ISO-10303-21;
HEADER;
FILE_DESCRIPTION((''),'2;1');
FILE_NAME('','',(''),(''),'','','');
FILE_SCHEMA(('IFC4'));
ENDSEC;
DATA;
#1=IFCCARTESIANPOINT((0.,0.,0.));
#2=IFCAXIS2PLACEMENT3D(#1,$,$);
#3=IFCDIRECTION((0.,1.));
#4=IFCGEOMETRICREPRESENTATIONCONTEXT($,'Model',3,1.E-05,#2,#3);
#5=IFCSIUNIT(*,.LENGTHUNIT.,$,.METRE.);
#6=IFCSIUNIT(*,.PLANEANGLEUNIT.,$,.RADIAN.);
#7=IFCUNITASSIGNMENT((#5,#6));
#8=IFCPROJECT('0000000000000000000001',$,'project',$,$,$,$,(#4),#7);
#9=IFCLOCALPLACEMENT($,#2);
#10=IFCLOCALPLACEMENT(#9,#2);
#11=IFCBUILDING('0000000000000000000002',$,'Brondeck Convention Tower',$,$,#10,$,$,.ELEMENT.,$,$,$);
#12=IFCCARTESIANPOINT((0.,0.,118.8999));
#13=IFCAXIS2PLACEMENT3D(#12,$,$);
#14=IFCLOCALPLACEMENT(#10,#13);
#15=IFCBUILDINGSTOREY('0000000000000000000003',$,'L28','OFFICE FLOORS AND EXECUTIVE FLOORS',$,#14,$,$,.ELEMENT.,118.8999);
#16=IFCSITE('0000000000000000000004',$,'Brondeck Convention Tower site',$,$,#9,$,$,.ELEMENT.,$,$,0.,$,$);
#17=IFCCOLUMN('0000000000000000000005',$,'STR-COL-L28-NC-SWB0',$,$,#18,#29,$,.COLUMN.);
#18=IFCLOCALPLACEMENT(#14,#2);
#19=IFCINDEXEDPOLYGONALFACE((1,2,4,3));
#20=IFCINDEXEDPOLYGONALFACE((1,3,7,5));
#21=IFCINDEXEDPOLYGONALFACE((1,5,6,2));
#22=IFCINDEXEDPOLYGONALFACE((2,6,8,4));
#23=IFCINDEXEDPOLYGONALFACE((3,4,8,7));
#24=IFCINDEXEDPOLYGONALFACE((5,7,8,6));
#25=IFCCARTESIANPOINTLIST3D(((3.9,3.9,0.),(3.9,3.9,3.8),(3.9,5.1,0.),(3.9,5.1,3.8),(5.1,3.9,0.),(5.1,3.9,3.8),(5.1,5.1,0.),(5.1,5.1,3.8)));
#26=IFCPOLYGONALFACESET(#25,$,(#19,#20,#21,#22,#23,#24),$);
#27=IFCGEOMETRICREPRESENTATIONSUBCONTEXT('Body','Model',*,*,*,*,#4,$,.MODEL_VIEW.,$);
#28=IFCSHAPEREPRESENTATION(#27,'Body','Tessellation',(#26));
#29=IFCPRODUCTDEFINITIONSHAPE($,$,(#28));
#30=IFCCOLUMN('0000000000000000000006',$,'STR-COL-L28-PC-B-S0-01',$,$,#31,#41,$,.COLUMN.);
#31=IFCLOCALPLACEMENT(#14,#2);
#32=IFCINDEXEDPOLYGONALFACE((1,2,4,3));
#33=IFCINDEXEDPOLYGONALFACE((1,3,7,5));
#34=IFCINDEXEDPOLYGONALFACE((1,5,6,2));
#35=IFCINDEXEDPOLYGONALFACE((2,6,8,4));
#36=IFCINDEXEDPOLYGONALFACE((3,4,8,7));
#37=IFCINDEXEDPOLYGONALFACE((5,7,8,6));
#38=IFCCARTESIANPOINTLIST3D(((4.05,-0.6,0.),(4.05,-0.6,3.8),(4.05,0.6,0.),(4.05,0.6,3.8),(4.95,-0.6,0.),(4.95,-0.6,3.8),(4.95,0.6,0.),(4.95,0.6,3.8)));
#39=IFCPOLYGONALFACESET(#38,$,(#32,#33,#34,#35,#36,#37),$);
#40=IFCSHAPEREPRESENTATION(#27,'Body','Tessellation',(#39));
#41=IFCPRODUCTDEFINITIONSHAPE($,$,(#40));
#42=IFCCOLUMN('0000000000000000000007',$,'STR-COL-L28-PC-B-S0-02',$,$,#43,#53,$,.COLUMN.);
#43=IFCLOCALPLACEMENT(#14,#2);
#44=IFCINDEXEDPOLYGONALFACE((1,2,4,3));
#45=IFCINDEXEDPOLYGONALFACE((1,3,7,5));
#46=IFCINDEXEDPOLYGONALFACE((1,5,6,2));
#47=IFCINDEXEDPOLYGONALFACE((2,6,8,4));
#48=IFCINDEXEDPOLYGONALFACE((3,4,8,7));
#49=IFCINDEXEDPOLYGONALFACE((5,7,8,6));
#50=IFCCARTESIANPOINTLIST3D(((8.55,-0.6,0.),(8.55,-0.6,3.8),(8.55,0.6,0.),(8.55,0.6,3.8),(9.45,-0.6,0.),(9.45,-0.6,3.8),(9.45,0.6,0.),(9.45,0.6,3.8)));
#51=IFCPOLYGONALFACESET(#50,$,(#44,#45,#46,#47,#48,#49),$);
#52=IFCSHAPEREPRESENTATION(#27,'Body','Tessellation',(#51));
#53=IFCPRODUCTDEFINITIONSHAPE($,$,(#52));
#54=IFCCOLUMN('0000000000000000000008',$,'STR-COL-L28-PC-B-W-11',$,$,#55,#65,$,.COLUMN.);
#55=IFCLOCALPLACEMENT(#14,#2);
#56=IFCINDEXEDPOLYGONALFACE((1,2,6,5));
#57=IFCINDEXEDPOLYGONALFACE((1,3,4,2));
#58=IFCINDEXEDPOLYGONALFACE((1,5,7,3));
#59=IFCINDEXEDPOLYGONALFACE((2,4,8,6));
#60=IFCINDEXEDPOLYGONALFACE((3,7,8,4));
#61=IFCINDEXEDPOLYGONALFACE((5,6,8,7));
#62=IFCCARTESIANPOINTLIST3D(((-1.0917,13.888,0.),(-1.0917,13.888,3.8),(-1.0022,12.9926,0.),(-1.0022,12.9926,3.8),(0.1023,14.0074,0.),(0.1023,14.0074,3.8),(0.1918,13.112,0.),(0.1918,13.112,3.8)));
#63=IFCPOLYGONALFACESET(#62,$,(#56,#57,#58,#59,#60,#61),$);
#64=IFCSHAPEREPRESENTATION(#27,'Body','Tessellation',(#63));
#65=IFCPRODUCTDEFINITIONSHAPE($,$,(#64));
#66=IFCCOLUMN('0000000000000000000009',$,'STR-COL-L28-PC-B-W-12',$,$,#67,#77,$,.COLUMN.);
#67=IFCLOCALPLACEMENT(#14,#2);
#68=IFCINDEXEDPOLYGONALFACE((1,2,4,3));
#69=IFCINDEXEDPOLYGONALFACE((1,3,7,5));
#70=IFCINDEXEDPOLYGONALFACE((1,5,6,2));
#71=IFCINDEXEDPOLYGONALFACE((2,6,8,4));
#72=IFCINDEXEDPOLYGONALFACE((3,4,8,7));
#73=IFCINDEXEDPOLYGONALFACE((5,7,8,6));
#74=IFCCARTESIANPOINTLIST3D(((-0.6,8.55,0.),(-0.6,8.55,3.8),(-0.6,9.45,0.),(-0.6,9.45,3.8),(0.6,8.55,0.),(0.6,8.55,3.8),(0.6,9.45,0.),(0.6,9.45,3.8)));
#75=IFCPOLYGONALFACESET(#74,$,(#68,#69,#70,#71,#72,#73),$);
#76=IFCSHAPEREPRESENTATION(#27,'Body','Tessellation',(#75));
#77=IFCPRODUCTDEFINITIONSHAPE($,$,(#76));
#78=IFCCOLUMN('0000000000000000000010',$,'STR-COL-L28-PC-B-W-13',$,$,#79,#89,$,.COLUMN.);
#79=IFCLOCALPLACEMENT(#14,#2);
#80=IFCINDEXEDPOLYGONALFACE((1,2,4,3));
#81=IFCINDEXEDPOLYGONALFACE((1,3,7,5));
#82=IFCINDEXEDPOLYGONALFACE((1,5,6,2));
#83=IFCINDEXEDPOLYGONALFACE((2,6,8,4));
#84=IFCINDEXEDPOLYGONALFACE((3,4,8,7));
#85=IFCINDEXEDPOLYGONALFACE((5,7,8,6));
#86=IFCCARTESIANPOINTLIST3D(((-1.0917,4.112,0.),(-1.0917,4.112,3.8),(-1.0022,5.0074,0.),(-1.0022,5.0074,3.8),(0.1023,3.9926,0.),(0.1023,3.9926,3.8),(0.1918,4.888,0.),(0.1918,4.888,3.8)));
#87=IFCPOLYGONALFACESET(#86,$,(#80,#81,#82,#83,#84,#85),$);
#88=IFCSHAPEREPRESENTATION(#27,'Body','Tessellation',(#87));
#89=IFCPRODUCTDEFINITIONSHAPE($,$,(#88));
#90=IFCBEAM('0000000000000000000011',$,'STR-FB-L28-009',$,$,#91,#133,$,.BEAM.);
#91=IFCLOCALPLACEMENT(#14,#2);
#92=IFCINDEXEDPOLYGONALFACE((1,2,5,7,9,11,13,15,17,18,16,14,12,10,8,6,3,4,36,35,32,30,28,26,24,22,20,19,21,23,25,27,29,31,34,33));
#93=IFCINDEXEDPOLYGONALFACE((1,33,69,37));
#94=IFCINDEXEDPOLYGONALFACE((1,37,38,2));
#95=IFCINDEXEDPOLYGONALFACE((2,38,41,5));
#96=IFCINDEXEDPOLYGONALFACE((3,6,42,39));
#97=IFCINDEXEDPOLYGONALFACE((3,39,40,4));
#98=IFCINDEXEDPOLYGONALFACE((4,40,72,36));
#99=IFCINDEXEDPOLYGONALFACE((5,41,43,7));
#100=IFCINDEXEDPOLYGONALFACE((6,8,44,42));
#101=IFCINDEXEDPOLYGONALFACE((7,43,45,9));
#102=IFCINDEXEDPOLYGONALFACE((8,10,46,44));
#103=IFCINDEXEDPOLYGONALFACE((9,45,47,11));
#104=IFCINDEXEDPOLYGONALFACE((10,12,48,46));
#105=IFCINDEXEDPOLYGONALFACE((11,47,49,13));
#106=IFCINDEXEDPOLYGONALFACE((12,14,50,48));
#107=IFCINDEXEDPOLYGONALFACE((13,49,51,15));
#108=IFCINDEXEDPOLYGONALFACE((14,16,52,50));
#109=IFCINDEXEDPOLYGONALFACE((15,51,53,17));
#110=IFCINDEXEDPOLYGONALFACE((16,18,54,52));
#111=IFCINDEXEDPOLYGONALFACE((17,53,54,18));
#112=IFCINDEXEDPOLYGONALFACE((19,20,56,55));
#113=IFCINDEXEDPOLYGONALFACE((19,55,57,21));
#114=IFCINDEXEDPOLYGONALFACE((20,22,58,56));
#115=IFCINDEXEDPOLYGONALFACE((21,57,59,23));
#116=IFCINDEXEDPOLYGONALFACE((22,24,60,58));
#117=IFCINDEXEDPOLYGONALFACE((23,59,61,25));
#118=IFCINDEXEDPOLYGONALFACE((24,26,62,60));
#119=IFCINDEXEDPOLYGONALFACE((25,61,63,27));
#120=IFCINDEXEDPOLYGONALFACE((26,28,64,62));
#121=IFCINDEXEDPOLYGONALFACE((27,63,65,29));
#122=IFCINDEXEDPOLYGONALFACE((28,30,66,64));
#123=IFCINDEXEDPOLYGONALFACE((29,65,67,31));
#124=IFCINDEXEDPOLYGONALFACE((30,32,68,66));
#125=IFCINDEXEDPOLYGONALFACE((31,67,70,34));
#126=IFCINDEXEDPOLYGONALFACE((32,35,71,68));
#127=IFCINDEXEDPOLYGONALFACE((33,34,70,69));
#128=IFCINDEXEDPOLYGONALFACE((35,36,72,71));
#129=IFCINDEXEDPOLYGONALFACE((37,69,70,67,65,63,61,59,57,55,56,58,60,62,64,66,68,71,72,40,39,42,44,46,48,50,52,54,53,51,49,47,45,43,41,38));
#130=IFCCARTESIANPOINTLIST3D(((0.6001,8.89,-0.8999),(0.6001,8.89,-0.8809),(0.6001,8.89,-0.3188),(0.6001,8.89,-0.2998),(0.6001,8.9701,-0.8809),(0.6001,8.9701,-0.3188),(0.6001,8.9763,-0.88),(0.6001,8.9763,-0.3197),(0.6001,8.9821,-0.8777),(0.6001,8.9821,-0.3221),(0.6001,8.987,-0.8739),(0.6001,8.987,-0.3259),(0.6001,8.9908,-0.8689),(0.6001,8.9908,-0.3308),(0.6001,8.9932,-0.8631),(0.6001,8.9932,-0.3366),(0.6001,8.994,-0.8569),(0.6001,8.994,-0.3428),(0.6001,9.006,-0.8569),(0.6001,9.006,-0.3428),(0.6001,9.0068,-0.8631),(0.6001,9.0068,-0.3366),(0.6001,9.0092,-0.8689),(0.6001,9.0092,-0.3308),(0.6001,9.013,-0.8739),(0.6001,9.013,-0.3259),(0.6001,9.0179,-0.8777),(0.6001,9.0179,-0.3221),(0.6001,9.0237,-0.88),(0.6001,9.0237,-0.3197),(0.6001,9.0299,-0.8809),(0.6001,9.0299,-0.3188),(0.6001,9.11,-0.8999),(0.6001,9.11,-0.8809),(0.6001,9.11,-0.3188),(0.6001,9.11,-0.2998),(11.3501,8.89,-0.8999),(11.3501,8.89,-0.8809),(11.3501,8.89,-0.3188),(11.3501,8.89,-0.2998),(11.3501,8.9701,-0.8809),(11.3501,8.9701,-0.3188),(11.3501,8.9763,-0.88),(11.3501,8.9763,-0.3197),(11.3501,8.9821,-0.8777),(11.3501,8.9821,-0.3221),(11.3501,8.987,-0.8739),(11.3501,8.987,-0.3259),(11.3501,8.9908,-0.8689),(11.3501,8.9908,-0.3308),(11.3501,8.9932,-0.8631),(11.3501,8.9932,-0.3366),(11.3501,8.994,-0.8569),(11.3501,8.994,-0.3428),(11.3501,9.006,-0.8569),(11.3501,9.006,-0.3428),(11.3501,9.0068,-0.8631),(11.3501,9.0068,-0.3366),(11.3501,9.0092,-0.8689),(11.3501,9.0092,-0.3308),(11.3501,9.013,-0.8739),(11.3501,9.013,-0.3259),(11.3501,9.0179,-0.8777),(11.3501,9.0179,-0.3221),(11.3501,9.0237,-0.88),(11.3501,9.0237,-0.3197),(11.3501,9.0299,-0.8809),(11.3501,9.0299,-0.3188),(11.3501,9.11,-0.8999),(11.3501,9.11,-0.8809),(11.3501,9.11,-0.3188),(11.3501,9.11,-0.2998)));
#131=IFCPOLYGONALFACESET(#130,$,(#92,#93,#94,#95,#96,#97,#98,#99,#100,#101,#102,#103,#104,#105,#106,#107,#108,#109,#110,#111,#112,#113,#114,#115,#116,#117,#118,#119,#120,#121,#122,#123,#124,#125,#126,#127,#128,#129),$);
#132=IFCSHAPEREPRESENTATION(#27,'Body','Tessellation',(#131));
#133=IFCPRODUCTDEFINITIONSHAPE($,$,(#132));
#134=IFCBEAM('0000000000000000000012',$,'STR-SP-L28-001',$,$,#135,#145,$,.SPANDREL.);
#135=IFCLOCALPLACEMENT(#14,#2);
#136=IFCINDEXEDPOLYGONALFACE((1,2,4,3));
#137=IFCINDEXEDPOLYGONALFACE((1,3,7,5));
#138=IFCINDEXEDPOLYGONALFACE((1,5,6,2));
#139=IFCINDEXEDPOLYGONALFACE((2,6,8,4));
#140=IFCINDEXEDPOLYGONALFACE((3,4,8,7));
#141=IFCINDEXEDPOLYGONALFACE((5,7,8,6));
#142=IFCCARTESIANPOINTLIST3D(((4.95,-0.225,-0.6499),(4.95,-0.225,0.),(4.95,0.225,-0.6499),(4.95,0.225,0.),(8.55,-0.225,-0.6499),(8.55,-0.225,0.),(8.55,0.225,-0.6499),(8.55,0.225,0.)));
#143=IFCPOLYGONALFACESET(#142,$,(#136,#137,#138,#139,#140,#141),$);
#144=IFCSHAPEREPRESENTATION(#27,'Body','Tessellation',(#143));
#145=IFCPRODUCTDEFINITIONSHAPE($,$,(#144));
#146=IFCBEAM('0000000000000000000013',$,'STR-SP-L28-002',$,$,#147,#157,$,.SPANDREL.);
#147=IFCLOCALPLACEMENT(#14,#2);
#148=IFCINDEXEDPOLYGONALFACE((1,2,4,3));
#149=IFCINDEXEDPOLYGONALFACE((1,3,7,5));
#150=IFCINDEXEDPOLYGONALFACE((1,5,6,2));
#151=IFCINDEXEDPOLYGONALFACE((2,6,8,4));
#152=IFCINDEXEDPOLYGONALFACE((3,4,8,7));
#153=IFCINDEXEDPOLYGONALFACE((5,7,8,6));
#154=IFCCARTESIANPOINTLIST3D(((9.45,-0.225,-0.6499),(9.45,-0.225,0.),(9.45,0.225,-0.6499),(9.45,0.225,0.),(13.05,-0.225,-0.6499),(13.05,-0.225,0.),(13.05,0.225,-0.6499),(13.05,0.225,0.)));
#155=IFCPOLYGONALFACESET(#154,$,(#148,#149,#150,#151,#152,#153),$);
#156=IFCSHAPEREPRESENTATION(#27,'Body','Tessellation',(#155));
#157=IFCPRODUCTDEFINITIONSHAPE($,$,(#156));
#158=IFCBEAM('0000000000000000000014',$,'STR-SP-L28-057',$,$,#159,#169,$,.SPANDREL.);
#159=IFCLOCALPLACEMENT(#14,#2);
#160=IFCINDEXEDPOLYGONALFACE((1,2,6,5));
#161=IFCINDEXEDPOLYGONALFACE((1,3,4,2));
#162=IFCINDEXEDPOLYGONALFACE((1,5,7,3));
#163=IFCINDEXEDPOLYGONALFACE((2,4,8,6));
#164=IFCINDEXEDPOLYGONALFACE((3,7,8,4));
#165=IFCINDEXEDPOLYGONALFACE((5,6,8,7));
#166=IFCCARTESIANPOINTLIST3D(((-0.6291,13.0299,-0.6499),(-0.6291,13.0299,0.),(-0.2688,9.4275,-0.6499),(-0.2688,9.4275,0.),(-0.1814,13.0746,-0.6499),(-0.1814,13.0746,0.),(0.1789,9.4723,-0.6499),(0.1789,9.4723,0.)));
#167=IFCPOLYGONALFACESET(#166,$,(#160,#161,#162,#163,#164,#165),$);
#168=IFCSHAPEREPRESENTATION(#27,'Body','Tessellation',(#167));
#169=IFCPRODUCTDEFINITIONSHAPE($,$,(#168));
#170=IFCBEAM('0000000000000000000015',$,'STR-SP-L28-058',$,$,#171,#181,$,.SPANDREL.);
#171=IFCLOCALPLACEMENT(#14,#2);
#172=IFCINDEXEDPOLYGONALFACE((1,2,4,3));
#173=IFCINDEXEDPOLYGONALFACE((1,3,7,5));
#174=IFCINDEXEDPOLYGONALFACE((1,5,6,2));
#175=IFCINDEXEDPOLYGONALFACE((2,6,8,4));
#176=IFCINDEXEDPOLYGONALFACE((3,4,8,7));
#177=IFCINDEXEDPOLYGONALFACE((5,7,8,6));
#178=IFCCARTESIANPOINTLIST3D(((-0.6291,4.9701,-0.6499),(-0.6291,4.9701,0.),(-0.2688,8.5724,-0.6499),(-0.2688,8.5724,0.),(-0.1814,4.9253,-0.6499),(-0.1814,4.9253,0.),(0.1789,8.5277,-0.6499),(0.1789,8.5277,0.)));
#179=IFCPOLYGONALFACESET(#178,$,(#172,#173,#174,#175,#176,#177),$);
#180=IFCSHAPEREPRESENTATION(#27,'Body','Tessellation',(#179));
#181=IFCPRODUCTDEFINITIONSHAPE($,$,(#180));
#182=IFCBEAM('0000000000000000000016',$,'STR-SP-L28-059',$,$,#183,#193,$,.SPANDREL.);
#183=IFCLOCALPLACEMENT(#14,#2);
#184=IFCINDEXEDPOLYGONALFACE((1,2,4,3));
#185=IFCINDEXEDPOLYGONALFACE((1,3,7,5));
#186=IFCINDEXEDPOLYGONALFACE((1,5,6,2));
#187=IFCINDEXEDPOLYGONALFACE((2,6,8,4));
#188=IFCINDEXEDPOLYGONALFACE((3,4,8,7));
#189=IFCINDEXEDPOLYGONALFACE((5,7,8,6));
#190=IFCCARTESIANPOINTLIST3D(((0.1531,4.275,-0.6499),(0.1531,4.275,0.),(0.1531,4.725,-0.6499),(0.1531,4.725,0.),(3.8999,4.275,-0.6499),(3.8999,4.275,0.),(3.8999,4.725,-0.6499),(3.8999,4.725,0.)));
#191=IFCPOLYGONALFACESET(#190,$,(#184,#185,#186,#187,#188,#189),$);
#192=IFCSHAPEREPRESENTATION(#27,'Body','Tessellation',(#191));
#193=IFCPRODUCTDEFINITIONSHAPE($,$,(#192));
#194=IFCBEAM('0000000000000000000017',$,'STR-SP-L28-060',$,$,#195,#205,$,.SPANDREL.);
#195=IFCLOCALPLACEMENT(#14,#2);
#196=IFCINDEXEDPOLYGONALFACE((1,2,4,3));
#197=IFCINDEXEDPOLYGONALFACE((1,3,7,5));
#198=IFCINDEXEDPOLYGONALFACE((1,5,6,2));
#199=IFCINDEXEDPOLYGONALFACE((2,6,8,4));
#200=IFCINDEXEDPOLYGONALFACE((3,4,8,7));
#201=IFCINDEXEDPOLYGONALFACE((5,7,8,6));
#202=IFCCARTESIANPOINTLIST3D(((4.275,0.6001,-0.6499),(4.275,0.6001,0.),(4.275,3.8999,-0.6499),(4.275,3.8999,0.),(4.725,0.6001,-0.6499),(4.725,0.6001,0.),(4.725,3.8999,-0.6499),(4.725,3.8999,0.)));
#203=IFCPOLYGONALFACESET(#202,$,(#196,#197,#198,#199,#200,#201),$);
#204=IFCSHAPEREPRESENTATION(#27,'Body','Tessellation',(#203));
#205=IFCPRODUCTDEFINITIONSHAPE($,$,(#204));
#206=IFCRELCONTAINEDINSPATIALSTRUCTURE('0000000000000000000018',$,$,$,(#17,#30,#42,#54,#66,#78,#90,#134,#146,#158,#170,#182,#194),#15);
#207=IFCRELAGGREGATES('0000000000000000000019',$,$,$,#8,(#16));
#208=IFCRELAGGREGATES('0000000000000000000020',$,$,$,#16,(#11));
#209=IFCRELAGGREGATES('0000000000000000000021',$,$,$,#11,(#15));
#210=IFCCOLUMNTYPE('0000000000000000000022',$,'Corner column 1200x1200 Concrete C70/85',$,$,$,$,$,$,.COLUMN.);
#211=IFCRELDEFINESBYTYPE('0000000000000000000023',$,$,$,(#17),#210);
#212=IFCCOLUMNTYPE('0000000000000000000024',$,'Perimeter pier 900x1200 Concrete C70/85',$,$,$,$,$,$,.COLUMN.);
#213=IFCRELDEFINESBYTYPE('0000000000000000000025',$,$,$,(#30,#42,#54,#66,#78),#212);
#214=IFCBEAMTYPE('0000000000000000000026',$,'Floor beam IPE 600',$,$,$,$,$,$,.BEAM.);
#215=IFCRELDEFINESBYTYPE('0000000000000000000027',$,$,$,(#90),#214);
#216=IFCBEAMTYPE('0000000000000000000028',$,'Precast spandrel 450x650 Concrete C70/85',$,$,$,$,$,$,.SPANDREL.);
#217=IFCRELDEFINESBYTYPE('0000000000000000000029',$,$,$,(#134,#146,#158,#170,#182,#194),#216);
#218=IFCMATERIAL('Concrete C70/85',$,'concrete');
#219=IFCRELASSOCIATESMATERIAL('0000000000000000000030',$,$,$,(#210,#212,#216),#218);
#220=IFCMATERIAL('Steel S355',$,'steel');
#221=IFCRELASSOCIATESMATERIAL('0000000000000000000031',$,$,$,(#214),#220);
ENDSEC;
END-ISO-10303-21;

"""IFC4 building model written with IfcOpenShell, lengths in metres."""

from ifc_helpers import new_model, si_unit, direction, frame, origin, origin_2d, place, context, subcontext, project, spatial, rectangle, i_section, extrude, material, material_profile, profile_set, type_object, element, save


model = new_model("IFC4")

# Units and contexts
model_context = context("Model", 3, precision=1e-05, world=origin(), true_north=direction((0.0, 1.0)))
body_context = subcontext(model_context, "Body", "Model", "MODEL_VIEW")
ifc_project = project(units=[si_unit("LENGTHUNIT", "METRE"), si_unit("PLANEANGLEUNIT", "RADIAN")], contexts=[model_context])

# Site, building, storey
site_placement = place(None, origin())
site = spatial("IfcSite", under=ifc_project, at=site_placement, Name="Brondeck Convention Tower site", CompositionType="ELEMENT", RefElevation=0.0)
building_placement = place(site_placement, origin())
building = spatial("IfcBuilding", under=site, at=building_placement, Name="Brondeck Convention Tower", CompositionType="ELEMENT")
storey_placement = place(building_placement, frame((0.0, 0.0, 118.8999)))
storey = spatial("IfcBuildingStorey", under=building, at=storey_placement, Name="L28", Description="OFFICE FLOORS AND EXECUTIVE FLOORS", CompositionType="ELEMENT", Elevation=118.8999)

# Columns
ifc_material_1 = material(Name="Concrete C70/85", Category="concrete")
ifc_material_profile_1 = material_profile(ifc_material_1, rectangle(XDim=1.2, YDim=1.2, at=origin_2d()), Name="Corner column 1200x1200 Concrete C70/85")
ifc_profile_set_1 = profile_set([ifc_material_profile_1], Name="Concrete C70/85")
column_type_1 = type_object("IfcColumnType", Name="Corner column 1200x1200 Concrete C70/85", PredefinedType="COLUMN", material=ifc_profile_set_1)
column_placement = place(storey_placement, frame((4.5, 4.5, 0.0), z_axis=(0.0, 0.0, 1.0), x_axis=(1.0, 0.0, 0.0)))
element("IfcColumn", 1, at=column_placement, inside=storey, type_object=column_type_1, Name="STR-COL-L28-NC-SWB0", PredefinedType="COLUMN", context=body_context, shape_type="SweptSolid", body=[
    extrude(rectangle(XDim=1.2, YDim=1.2, at=origin_2d()), origin(), (0.0, 0.0, 1.0), 3.8),
])
ifc_material_profile_2 = material_profile(ifc_material_1, rectangle(XDim=0.8999, YDim=1.2, at=origin_2d()), Name="Perimeter pier 900x1200 Concrete C70/85")
ifc_profile_set_2 = profile_set([ifc_material_profile_2], Name="Concrete C70/85")
column_type_2 = type_object("IfcColumnType", Name="Perimeter pier 900x1200 Concrete C70/85", PredefinedType="COLUMN", material=ifc_profile_set_2)
for number, where, z_axis, x_axis, name in (
    (2, (4.5, 0.0, 0.0), (0.0, 0.0, 1.0), (1.0, 0.0, 0.0), "STR-COL-L28-PC-B-S0-01"),
    (3, (9.0, 0.0, 0.0), (0.0, 0.0, 1.0), (1.0, 0.0, 0.0), "STR-COL-L28-PC-B-S0-02"),
    (4, (-0.45, 13.5, 0.0), (0.0, 0.0, 1.0), (0.099504, -0.995037, 0.0), "STR-COL-L28-PC-B-W-11"),
    (5, (0.0, 9.0, 0.0), (0.0, 0.0, 1.0), (0.0, -1.0, 0.0), "STR-COL-L28-PC-B-W-12"),
    (6, (-0.45, 4.5, 0.0), (0.0, 0.0, 1.0), (-0.099504, -0.995037, 0.0), "STR-COL-L28-PC-B-W-13"),
):
    element("IfcColumn", number, at=place(storey_placement, frame(where, z_axis=z_axis, x_axis=x_axis)), inside=storey, type_object=column_type_2, Name=name, PredefinedType="COLUMN", context=body_context, shape_type="SweptSolid", body=[
        extrude(rectangle(XDim=0.8999, YDim=1.2, at=origin_2d()), origin(), (0.0, 0.0, 1.0), 3.8),
    ])

# Beams
ifc_material_2 = material(Name="Steel S355", Category="steel")
ifc_material_profile_3 = material_profile(ifc_material_2, i_section(OverallWidth=0.22, OverallDepth=0.6001, WebThickness=0.012, FlangeThickness=0.019, FilletRadius=0.0239, at=origin_2d()), Name="IPE 600")
ifc_profile_set_3 = profile_set([ifc_material_profile_3], Name="Steel S355")
beam_type_1 = type_object("IfcBeamType", Name="Floor beam IPE 600", PredefinedType="BEAM", material=ifc_profile_set_3)
beam_1_placement = place(storey_placement, frame((0.6001, 9.0, -0.5999), z_axis=(1.0, 0.0, 0.0), x_axis=(0.0, 1.0, 0.0)))
element("IfcBeam", 7, at=beam_1_placement, inside=storey, type_object=beam_type_1, Name="STR-FB-L28-009", PredefinedType="BEAM", context=body_context, shape_type="SweptSolid", body=[
    extrude(i_section(OverallWidth=0.22, OverallDepth=0.6001, WebThickness=0.012, FlangeThickness=0.019, FilletRadius=0.0239, at=origin_2d()), origin(), (0.0, 0.0, 1.0), 10.75),
])
ifc_material_profile_4 = material_profile(ifc_material_1, rectangle(XDim=0.45, YDim=0.6499, at=origin_2d()), Name="Precast spandrel 450x650 Concrete C70/85")
ifc_profile_set_4 = profile_set([ifc_material_profile_4], Name="Concrete C70/85")
beam_type_2 = type_object("IfcBeamType", Name="Precast spandrel 450x650 Concrete C70/85", PredefinedType="SPANDREL", material=ifc_profile_set_4)
for number, where, z_axis, x_axis, name in (
    (8, (4.95, 0.0, -0.325), (1.0, 0.0, 0.0), (0.0, 1.0, 0.0), "STR-SP-L28-001"),
    (9, (9.45, 0.0, -0.325), (1.0, 0.0, 0.0), (0.0, 1.0, 0.0), "STR-SP-L28-002"),
):
    element("IfcBeam", number, at=place(storey_placement, frame(where, z_axis=z_axis, x_axis=x_axis)), inside=storey, type_object=beam_type_2, Name=name, PredefinedType="SPANDREL", context=body_context, shape_type="SweptSolid", body=[
        extrude(rectangle(XDim=0.45, YDim=0.6499, at=origin_2d()), origin(), (0.0, 0.0, 1.0), 3.6001),
    ])
for number, where, z_axis, x_axis, name in (
    (10, (-0.4053, 13.0522, -0.325), (0.099537, -0.995034, 0.0), (0.995034, 0.099537, 0.0), "STR-SP-L28-057"),
    (11, (-0.0449, 8.55, -0.325), (-0.099537, -0.995034, 0.0), (0.995034, -0.099537, 0.0), "STR-SP-L28-058"),
):
    element("IfcBeam", number, at=place(storey_placement, frame(where, z_axis=z_axis, x_axis=x_axis)), inside=storey, type_object=beam_type_2, Name=name, PredefinedType="SPANDREL", context=body_context, shape_type="SweptSolid", body=[
        extrude(rectangle(XDim=0.45, YDim=0.6499, at=origin_2d()), origin(), (0.0, 0.0, 1.0), 3.6204),
    ])
beam_2_placement = place(storey_placement, frame((0.1531, 4.5, -0.325), z_axis=(1.0, 0.0, 0.0), x_axis=(0.0, 1.0, 0.0)))
element("IfcBeam", 12, at=beam_2_placement, inside=storey, type_object=beam_type_2, Name="STR-SP-L28-059", PredefinedType="SPANDREL", context=body_context, shape_type="SweptSolid", body=[
    extrude(rectangle(XDim=0.45, YDim=0.6499, at=origin_2d()), origin(), (0.0, 0.0, 1.0), 3.7468),
])
beam_3_placement = place(storey_placement, frame((4.5, 3.8999, -0.325), z_axis=(0.0, -1.0, 0.0), x_axis=(1.0, 0.0, 0.0)))
element("IfcBeam", 13, at=beam_3_placement, inside=storey, type_object=beam_type_2, Name="STR-SP-L28-060", PredefinedType="SPANDREL", context=body_context, shape_type="SweptSolid", body=[
    extrude(rectangle(XDim=0.45, YDim=0.6499, at=origin_2d()), origin(), (0.0, 0.0, 1.0), 3.2998),
])

save(model, "model.ifc")
